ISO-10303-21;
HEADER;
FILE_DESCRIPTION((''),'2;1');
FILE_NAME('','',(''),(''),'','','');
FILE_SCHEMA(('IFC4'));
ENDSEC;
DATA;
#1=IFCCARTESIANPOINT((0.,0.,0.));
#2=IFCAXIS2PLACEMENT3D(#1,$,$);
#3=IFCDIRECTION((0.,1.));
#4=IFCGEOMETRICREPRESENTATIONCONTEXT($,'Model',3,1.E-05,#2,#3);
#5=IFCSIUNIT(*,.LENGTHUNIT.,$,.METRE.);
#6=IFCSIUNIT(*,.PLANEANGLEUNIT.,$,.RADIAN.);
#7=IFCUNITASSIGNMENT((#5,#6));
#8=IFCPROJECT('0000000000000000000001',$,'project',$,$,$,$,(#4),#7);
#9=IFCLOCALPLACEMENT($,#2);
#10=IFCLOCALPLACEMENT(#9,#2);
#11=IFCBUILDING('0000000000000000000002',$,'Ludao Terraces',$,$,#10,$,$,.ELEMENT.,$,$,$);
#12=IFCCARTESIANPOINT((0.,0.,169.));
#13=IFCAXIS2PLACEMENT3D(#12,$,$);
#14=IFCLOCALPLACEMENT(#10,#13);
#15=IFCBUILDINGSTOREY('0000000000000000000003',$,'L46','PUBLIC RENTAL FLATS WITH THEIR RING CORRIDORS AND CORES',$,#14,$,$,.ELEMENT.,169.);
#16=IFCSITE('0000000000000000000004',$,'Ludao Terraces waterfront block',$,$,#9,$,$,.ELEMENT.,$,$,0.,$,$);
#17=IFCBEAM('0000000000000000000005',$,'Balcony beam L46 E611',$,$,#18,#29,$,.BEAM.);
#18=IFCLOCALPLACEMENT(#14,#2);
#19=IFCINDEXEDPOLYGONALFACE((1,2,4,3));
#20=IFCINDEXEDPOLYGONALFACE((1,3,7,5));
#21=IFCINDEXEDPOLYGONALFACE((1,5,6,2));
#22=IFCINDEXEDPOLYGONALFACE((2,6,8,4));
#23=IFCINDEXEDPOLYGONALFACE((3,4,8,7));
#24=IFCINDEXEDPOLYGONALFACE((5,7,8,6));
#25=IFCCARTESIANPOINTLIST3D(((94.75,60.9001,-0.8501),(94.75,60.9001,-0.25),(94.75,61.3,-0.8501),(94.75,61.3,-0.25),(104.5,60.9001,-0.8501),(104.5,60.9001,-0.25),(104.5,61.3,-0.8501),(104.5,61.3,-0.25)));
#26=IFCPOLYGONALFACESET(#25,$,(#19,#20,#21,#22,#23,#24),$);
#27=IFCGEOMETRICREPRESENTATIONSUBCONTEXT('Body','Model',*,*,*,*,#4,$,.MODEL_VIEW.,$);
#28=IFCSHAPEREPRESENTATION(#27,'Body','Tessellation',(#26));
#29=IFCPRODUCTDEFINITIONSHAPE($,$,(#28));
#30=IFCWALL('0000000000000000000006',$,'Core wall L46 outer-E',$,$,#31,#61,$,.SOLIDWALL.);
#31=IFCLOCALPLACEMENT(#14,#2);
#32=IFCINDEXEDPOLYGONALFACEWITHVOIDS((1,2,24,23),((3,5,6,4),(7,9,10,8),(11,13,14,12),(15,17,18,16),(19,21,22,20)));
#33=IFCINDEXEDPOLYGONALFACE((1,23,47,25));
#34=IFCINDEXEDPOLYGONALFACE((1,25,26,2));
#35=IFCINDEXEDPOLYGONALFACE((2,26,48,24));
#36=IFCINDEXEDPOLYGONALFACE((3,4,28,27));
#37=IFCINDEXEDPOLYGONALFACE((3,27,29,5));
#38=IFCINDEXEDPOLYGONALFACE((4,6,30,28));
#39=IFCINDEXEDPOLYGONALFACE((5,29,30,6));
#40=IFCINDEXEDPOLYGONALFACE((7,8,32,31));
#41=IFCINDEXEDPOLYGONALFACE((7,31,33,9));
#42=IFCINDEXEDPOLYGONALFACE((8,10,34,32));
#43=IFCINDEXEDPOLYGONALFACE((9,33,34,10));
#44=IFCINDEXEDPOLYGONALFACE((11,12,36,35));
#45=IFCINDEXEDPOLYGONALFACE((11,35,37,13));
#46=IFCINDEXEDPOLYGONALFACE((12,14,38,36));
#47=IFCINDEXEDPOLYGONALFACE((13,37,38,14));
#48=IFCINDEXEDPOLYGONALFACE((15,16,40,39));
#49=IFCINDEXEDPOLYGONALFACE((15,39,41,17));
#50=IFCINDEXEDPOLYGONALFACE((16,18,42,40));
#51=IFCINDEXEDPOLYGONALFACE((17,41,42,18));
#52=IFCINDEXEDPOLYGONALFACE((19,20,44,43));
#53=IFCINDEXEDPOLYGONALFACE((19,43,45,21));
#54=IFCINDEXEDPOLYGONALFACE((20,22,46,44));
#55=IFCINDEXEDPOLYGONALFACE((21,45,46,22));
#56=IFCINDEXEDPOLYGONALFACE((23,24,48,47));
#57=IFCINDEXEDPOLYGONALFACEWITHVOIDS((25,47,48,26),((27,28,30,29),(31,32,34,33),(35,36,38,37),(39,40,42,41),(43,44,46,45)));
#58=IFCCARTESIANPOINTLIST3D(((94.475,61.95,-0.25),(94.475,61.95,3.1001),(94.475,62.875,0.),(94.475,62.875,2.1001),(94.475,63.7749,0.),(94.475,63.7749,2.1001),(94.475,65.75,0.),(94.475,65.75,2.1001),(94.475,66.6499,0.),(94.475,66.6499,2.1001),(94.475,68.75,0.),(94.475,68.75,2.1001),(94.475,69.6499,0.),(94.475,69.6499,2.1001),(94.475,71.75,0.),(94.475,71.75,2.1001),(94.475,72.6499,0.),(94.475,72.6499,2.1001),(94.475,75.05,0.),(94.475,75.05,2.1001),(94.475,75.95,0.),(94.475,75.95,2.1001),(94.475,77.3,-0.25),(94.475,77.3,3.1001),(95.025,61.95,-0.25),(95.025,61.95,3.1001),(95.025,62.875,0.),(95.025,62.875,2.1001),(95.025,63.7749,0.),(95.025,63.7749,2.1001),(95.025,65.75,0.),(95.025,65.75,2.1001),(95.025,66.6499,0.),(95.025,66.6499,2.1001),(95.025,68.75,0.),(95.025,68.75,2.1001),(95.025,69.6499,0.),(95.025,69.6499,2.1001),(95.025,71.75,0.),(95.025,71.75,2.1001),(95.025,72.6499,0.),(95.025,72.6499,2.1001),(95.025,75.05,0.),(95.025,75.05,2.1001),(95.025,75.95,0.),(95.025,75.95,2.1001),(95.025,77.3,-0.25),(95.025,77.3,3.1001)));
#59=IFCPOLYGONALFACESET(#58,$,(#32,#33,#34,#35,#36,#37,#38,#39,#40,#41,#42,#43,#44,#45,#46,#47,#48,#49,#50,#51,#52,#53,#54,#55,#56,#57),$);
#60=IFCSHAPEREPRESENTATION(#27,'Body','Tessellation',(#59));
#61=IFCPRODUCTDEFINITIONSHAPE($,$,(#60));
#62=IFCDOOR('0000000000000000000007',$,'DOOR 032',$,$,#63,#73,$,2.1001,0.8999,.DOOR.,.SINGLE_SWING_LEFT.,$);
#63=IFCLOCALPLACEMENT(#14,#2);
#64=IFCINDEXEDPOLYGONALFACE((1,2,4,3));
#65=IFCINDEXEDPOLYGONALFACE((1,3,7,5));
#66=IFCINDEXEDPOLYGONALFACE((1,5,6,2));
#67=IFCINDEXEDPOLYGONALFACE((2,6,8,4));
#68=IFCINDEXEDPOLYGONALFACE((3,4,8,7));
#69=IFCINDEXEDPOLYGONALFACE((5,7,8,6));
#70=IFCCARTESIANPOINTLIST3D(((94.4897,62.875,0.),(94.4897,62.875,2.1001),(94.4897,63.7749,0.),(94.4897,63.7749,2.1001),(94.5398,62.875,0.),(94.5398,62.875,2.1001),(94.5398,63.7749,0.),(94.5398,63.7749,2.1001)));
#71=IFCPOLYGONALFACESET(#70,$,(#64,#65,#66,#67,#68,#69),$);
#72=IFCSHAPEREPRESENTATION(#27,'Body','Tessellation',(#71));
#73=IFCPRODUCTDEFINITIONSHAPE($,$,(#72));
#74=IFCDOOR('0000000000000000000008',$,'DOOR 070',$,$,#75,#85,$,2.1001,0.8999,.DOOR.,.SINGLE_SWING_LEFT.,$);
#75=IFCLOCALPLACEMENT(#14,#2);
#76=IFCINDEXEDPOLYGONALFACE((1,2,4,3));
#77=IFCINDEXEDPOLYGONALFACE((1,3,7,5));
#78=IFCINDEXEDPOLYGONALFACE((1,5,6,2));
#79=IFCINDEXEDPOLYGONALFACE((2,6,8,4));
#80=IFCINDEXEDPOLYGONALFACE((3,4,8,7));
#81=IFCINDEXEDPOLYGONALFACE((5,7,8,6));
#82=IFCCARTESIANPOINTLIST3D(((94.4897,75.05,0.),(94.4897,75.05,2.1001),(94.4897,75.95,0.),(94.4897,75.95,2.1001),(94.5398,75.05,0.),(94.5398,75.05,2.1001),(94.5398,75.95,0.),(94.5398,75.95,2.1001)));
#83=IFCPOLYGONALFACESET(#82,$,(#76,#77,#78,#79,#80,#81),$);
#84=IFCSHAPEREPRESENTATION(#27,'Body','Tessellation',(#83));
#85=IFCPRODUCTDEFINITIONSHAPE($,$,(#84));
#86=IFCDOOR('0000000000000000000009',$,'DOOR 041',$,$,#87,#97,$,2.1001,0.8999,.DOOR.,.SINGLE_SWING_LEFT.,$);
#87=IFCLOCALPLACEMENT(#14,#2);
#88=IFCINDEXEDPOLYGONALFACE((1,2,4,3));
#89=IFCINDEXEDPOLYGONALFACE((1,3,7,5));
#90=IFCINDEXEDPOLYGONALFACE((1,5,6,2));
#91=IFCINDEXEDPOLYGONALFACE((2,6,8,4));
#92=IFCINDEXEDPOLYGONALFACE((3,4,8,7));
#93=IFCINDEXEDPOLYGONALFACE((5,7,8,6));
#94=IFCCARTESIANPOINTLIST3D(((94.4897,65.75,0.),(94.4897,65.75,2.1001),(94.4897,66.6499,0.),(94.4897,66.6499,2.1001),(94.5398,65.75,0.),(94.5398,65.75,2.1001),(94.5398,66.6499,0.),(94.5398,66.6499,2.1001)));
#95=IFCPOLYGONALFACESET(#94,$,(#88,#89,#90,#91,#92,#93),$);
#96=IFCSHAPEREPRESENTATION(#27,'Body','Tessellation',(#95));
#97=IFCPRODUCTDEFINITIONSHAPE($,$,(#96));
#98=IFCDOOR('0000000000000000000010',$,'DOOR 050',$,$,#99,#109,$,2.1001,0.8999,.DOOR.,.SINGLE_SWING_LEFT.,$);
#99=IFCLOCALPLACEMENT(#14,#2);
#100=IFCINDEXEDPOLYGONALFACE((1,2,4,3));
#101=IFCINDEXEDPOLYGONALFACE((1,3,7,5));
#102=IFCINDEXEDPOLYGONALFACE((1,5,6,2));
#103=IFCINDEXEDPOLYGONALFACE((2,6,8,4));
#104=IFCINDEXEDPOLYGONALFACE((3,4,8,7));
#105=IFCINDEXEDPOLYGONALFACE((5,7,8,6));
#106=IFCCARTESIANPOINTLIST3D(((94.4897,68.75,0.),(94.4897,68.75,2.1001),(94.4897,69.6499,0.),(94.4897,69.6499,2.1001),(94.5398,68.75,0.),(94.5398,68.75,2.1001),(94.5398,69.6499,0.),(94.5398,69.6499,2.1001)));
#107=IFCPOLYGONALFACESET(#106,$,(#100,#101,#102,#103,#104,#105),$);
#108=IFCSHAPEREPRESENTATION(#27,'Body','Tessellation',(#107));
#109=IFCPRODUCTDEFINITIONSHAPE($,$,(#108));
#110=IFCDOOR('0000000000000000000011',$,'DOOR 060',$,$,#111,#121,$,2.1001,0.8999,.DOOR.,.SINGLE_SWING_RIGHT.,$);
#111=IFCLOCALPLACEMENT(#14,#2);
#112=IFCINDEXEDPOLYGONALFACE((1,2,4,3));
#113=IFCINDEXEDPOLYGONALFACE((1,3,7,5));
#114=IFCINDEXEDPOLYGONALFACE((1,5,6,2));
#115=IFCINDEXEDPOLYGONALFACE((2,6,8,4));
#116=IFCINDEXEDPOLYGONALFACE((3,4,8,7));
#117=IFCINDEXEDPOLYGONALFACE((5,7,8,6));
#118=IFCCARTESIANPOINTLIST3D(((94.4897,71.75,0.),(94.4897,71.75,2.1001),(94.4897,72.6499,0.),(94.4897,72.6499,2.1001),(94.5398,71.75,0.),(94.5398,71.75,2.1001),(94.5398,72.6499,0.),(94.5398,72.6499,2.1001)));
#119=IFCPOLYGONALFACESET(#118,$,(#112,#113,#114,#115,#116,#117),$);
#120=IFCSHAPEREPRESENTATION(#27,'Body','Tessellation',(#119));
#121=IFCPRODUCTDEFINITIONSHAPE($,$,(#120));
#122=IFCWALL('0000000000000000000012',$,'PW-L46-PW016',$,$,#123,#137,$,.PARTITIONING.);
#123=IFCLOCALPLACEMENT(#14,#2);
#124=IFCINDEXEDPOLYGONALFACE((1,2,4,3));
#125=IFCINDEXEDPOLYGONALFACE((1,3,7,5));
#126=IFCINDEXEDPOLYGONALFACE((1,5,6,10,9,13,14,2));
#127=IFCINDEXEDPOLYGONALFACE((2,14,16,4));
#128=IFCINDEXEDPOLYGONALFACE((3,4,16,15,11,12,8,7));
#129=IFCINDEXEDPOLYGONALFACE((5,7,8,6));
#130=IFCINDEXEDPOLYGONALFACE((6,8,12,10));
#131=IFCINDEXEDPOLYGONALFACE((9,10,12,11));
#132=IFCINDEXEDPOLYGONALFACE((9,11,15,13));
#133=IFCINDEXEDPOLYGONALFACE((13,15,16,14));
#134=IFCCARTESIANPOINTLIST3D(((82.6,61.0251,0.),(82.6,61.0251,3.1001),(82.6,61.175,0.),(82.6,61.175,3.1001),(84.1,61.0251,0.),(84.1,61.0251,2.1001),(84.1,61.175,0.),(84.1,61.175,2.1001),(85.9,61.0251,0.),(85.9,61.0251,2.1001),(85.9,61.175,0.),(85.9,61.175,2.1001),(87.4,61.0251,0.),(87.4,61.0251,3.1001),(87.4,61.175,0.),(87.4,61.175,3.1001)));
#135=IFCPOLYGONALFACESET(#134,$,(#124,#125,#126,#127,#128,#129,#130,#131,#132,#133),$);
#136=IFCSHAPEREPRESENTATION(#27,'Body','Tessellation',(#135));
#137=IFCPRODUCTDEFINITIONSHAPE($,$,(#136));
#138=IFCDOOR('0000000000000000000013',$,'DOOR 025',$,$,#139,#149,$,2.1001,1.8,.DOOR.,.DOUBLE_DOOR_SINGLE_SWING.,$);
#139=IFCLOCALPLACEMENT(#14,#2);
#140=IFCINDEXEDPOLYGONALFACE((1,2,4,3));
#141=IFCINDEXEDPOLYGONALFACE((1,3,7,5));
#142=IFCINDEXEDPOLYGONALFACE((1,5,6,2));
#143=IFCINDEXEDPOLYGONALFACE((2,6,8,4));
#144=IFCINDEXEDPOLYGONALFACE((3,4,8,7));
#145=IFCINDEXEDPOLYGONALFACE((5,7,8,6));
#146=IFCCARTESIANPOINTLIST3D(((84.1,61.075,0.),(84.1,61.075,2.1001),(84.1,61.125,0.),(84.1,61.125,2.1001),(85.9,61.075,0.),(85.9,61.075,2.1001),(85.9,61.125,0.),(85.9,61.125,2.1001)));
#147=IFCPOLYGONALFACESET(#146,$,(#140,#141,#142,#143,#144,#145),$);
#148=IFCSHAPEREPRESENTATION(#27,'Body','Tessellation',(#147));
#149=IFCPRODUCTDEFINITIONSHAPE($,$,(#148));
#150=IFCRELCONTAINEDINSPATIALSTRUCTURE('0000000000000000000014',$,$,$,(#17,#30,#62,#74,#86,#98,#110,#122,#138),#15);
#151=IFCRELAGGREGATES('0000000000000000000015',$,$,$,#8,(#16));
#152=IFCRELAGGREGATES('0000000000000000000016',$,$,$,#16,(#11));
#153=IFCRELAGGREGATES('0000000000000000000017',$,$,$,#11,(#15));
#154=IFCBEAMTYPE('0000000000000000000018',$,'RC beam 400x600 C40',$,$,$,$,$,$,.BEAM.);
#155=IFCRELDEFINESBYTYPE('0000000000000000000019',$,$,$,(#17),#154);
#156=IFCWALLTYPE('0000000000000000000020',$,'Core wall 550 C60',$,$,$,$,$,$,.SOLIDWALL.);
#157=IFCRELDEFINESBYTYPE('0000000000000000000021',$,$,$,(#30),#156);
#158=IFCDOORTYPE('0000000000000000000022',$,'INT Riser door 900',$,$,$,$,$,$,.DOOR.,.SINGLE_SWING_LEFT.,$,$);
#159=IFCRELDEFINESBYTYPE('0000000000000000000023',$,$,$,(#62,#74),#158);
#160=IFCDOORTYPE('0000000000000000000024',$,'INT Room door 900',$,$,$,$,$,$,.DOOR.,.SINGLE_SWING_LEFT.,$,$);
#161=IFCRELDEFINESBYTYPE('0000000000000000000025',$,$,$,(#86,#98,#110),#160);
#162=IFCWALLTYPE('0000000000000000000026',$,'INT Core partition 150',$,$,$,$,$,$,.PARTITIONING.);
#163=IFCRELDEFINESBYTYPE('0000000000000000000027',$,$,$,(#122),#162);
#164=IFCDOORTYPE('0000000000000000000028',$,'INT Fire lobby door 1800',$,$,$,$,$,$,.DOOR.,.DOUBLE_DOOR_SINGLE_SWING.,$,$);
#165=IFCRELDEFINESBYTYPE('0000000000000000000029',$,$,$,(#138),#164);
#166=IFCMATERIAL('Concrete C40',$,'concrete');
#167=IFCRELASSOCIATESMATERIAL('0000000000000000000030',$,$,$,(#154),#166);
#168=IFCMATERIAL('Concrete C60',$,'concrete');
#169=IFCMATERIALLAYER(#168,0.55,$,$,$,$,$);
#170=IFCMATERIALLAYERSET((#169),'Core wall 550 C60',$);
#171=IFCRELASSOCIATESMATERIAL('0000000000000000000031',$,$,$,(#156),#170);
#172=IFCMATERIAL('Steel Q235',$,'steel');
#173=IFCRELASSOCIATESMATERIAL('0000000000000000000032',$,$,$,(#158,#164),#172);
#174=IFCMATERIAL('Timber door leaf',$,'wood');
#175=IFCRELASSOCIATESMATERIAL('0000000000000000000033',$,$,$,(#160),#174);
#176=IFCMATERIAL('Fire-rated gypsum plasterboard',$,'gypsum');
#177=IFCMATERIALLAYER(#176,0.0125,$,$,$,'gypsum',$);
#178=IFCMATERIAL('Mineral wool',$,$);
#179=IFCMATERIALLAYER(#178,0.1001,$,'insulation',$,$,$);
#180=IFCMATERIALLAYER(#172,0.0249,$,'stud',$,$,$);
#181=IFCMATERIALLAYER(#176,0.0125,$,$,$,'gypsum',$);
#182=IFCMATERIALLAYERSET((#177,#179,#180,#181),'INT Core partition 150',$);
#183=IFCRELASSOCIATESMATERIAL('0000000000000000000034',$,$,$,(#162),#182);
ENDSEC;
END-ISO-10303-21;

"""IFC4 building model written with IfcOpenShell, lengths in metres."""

from ifc_helpers import new_model, si_unit, direction, frame, frame_2d, origin, origin_2d, place, context, subcontext, project, spatial, rectangle, extrude, material, layer, layer_set, material_profile, profile_set, type_object, element, fill, save


model = new_model("IFC4")

# Units and contexts
model_context = context("Model", 3, precision=1e-05, world=origin(), true_north=direction((0.0, 1.0)))
body_context = subcontext(model_context, "Body", "Model", "MODEL_VIEW")
ifc_project = project(units=[si_unit("LENGTHUNIT", "METRE"), si_unit("PLANEANGLEUNIT", "RADIAN")], contexts=[model_context])

# Site, building, storey
site_placement = place(None, origin())
site = spatial("IfcSite", under=ifc_project, at=site_placement, Name="Ludao Terraces waterfront block", CompositionType="ELEMENT", RefElevation=0.0)
building_placement = place(site_placement, origin())
building = spatial("IfcBuilding", under=site, at=building_placement, Name="Ludao Terraces", CompositionType="ELEMENT")
storey_placement = place(building_placement, frame((0.0, 0.0, 169.0)))
storey = spatial("IfcBuildingStorey", under=building, at=storey_placement, Name="L46", Description="PUBLIC RENTAL FLATS WITH THEIR RING CORRIDORS AND CORES", CompositionType="ELEMENT", Elevation=169.0)

# Beam
ifc_material_1 = material(Name="Concrete C40", Category="concrete")
ifc_material_profile = material_profile(ifc_material_1, rectangle(XDim=0.3999, YDim=0.6001, at=origin_2d()), Name="400 X 600")
ifc_profile_set = profile_set([ifc_material_profile], Name="Concrete C40")
beam_type = type_object("IfcBeamType", Name="RC beam 400x600 C40", PredefinedType="BEAM", material=ifc_profile_set)
beam_placement = place(storey_placement, frame((94.75, 61.1001, -0.55), z_axis=(1.0, 0.0, 0.0), x_axis=(0.0, 1.0, 0.0)))
element("IfcBeam", 1, at=beam_placement, inside=storey, type_object=beam_type, Name="Balcony beam L46 E611", PredefinedType="BEAM", context=body_context, shape_type="SweptSolid", body=[
    extrude(rectangle(XDim=0.3999, YDim=0.6001, at=origin_2d()), origin(), (0.0, 0.0, 1.0), 9.75),
])

# Wall, openings, doors
ifc_material_2 = material(Name="Concrete C60", Category="concrete")
ifc_layer_1 = layer(ifc_material_2, 0.55)
ifc_layer_set_1 = layer_set([ifc_layer_1], Name="Core wall 550 C60")
wall_type_1 = type_object("IfcWallType", Name="Core wall 550 C60", PredefinedType="SOLIDWALL", material=ifc_layer_set_1)
wall_1_placement = place(storey_placement, frame((94.75, 61.95, -0.25), z_axis=(0.0, 0.0, 1.0), x_axis=(0.0, 1.0, 0.0)))
wall_1 = element("IfcWall", 2, at=wall_1_placement, inside=storey, type_object=wall_type_1, Name="Core wall L46 outer-E", PredefinedType="SOLIDWALL", context=body_context, shape_type="SweptSolid", body=[
    extrude(rectangle(XDim=15.3501, YDim=0.55, at=frame_2d((7.675, 0.0))), origin(), (0.0, 0.0, 1.0), 3.3501),
])
opening_1_placement = place(wall_1_placement, frame((0.925, 0.0, 0.25)))
opening_1 = element("IfcOpeningElement", 3, at=opening_1_placement, cuts=wall_1, PredefinedType="OPENING", context=body_context, shape_type="SweptSolid", body=[
    extrude(rectangle(XDim=0.8999, YDim=2.1001, at=frame_2d((0.45, 1.05))), frame((0.0, 0.2852, 0.0), z_axis=(0.0, -1.0, 0.0), x_axis=(1.0, 0.0, 0.0)), (0.0, 0.0, 1.0), 0.5701),
])
opening_2_placement = place(wall_1_placement, frame((3.8, 0.0, 0.25)))
opening_2 = element("IfcOpeningElement", 4, at=opening_2_placement, cuts=wall_1, PredefinedType="OPENING", context=body_context, shape_type="SweptSolid", body=[
    extrude(rectangle(XDim=0.8999, YDim=2.1001, at=frame_2d((0.45, 1.05))), frame((0.0, 0.2852, 0.0), z_axis=(0.0, -1.0, 0.0), x_axis=(1.0, 0.0, 0.0)), (0.0, 0.0, 1.0), 0.5701),
])
opening_3_placement = place(wall_1_placement, frame((6.8, 0.0, 0.25)))
opening_3 = element("IfcOpeningElement", 5, at=opening_3_placement, cuts=wall_1, PredefinedType="OPENING", context=body_context, shape_type="SweptSolid", body=[
    extrude(rectangle(XDim=0.8999, YDim=2.1001, at=frame_2d((0.45, 1.05))), frame((0.0, 0.2852, 0.0), z_axis=(0.0, -1.0, 0.0), x_axis=(1.0, 0.0, 0.0)), (0.0, 0.0, 1.0), 0.5701),
])
opening_4_placement = place(wall_1_placement, frame((9.8, 0.0, 0.25)))
opening_4 = element("IfcOpeningElement", 6, at=opening_4_placement, cuts=wall_1, PredefinedType="OPENING", context=body_context, shape_type="SweptSolid", body=[
    extrude(rectangle(XDim=0.8999, YDim=2.1001, at=frame_2d((0.45, 1.05))), frame((0.0, 0.2852, 0.0), z_axis=(0.0, -1.0, 0.0), x_axis=(1.0, 0.0, 0.0)), (0.0, 0.0, 1.0), 0.5701),
])
opening_5_placement = place(wall_1_placement, frame((13.1001, 0.0, 0.25)))
opening_5 = element("IfcOpeningElement", 7, at=opening_5_placement, cuts=wall_1, PredefinedType="OPENING", context=body_context, shape_type="SweptSolid", body=[
    extrude(rectangle(XDim=0.8999, YDim=2.1001, at=frame_2d((0.45, 1.05))), frame((0.0, 0.2852, 0.0), z_axis=(0.0, -1.0, 0.0), x_axis=(1.0, 0.0, 0.0)), (0.0, 0.0, 1.0), 0.5701),
])
ifc_material_3 = material(Name="Steel Q235", Category="steel")
door_type_1 = type_object("IfcDoorType", Name="INT Riser door 900", OperationType="SINGLE_SWING_LEFT", PredefinedType="DOOR", material=ifc_material_3)
door_1_placement = place(opening_1_placement, origin())
door_1 = element("IfcDoor", 8, at=door_1_placement, inside=storey, type_object=door_type_1, Name="DOOR 032", OperationType="SINGLE_SWING_LEFT", OverallHeight=2.1001, OverallWidth=0.8999, PredefinedType="DOOR", context=body_context, shape_type="SweptSolid", body=[
    extrude(rectangle(XDim=0.8999, YDim=2.1001, at=frame_2d((0.45, 1.05))), frame((0.0, 0.2603, 0.0), z_axis=(0.0, -1.0, 0.0), x_axis=(1.0, 0.0, 0.0)), (0.0, 0.0, 1.0), 0.05),
])
fill(opening_1, door_1)
door_2_placement = place(opening_5_placement, origin())
door_2 = element("IfcDoor", 9, at=door_2_placement, inside=storey, type_object=door_type_1, Name="DOOR 070", OperationType="SINGLE_SWING_LEFT", OverallHeight=2.1001, OverallWidth=0.8999, PredefinedType="DOOR", context=body_context, shape_type="SweptSolid", body=[
    extrude(rectangle(XDim=0.8999, YDim=2.1001, at=frame_2d((0.45, 1.05))), frame((0.0, 0.2603, 0.0), z_axis=(0.0, -1.0, 0.0), x_axis=(1.0, 0.0, 0.0)), (0.0, 0.0, 1.0), 0.05),
])
fill(opening_5, door_2)
ifc_material_4 = material(Name="Timber door leaf", Category="wood")
door_type_2 = type_object("IfcDoorType", Name="INT Room door 900", OperationType="SINGLE_SWING_LEFT", PredefinedType="DOOR", material=ifc_material_4)
door_3_placement = place(opening_2_placement, origin())
door_3 = element("IfcDoor", 10, at=door_3_placement, inside=storey, type_object=door_type_2, Name="DOOR 041", OperationType="SINGLE_SWING_LEFT", OverallHeight=2.1001, OverallWidth=0.8999, PredefinedType="DOOR", context=body_context, shape_type="SweptSolid", body=[
    extrude(rectangle(XDim=0.8999, YDim=2.1001, at=frame_2d((0.45, 1.05))), frame((0.0, 0.2603, 0.0), z_axis=(0.0, -1.0, 0.0), x_axis=(1.0, 0.0, 0.0)), (0.0, 0.0, 1.0), 0.05),
])
fill(opening_2, door_3)
door_4_placement = place(opening_3_placement, origin())
door_4 = element("IfcDoor", 11, at=door_4_placement, inside=storey, type_object=door_type_2, Name="DOOR 050", OperationType="SINGLE_SWING_LEFT", OverallHeight=2.1001, OverallWidth=0.8999, PredefinedType="DOOR", context=body_context, shape_type="SweptSolid", body=[
    extrude(rectangle(XDim=0.8999, YDim=2.1001, at=frame_2d((0.45, 1.05))), frame((0.0, 0.2603, 0.0), z_axis=(0.0, -1.0, 0.0), x_axis=(1.0, 0.0, 0.0)), (0.0, 0.0, 1.0), 0.05),
])
fill(opening_3, door_4)
door_5_placement = place(opening_4_placement, origin())
door_5 = element("IfcDoor", 12, at=door_5_placement, inside=storey, type_object=door_type_2, Name="DOOR 060", OperationType="SINGLE_SWING_RIGHT", OverallHeight=2.1001, OverallWidth=0.8999, PredefinedType="DOOR", context=body_context, shape_type="SweptSolid", body=[
    extrude(rectangle(XDim=0.8999, YDim=2.1001, at=frame_2d((0.45, 1.05))), frame((0.0, 0.2603, 0.0), z_axis=(0.0, -1.0, 0.0), x_axis=(1.0, 0.0, 0.0)), (0.0, 0.0, 1.0), 0.05),
])
fill(opening_4, door_5)

# Wall, opening, door
ifc_material_5 = material(Name="Fire-rated gypsum plasterboard", Category="gypsum")
ifc_layer_2 = layer(ifc_material_5, 0.0125, Category="gypsum")
ifc_material_6 = material(Name="Mineral wool")
ifc_layer_3 = layer(ifc_material_6, 0.1001, Name="insulation")
ifc_layer_4 = layer(ifc_material_3, 0.0249, Name="stud")
ifc_layer_5 = layer(ifc_material_5, 0.0125, Category="gypsum")
ifc_layer_set_2 = layer_set([ifc_layer_2, ifc_layer_3, ifc_layer_4, ifc_layer_5], Name="INT Core partition 150")
wall_type_2 = type_object("IfcWallType", Name="INT Core partition 150", PredefinedType="PARTITIONING", material=ifc_layer_set_2)
wall_2_placement = place(storey_placement, frame((82.6001, 61.1001, 0.0), z_axis=(0.0, 0.0, 1.0), x_axis=(1.0, 0.0, 0.0)))
wall_2 = element("IfcWall", 13, at=wall_2_placement, inside=storey, type_object=wall_type_2, Name="PW-L46-PW016", PredefinedType="PARTITIONING", context=body_context, shape_type="SweptSolid", body=[
    extrude(rectangle(XDim=4.8, YDim=0.1499, at=frame_2d((2.3999, 0.0))), origin(), (0.0, 0.0, 1.0), 3.1001),
])
opening_6_placement = place(wall_2_placement, frame((1.5, 0.0, 0.0)))
opening_6 = element("IfcOpeningElement", 14, at=opening_6_placement, cuts=wall_2, PredefinedType="OPENING", context=body_context, shape_type="SweptSolid", body=[
    extrude(rectangle(XDim=1.8, YDim=2.1001, at=frame_2d((0.8999, 1.05))), frame((0.0, 0.085, 0.0), z_axis=(0.0, -1.0, 0.0), x_axis=(1.0, 0.0, 0.0)), (0.0, 0.0, 1.0), 0.1699),
])
door_type_3 = type_object("IfcDoorType", Name="INT Fire lobby door 1800", OperationType="DOUBLE_DOOR_SINGLE_SWING", PredefinedType="DOOR", material=ifc_material_3)
door_6_placement = place(opening_6_placement, origin())
door_6 = element("IfcDoor", 15, at=door_6_placement, inside=storey, type_object=door_type_3, Name="DOOR 025", OperationType="DOUBLE_DOOR_SINGLE_SWING", OverallHeight=2.1001, OverallWidth=1.8, PredefinedType="DOOR", context=body_context, shape_type="SweptSolid", body=[
    extrude(rectangle(XDim=1.8, YDim=2.1001, at=frame_2d((0.8999, 1.05))), frame((0.0, 0.0249, 0.0), z_axis=(0.0, -1.0, 0.0), x_axis=(1.0, 0.0, 0.0)), (0.0, 0.0, 1.0), 0.05),
])
fill(opening_6, door_6)

save(model, "model.ifc")
